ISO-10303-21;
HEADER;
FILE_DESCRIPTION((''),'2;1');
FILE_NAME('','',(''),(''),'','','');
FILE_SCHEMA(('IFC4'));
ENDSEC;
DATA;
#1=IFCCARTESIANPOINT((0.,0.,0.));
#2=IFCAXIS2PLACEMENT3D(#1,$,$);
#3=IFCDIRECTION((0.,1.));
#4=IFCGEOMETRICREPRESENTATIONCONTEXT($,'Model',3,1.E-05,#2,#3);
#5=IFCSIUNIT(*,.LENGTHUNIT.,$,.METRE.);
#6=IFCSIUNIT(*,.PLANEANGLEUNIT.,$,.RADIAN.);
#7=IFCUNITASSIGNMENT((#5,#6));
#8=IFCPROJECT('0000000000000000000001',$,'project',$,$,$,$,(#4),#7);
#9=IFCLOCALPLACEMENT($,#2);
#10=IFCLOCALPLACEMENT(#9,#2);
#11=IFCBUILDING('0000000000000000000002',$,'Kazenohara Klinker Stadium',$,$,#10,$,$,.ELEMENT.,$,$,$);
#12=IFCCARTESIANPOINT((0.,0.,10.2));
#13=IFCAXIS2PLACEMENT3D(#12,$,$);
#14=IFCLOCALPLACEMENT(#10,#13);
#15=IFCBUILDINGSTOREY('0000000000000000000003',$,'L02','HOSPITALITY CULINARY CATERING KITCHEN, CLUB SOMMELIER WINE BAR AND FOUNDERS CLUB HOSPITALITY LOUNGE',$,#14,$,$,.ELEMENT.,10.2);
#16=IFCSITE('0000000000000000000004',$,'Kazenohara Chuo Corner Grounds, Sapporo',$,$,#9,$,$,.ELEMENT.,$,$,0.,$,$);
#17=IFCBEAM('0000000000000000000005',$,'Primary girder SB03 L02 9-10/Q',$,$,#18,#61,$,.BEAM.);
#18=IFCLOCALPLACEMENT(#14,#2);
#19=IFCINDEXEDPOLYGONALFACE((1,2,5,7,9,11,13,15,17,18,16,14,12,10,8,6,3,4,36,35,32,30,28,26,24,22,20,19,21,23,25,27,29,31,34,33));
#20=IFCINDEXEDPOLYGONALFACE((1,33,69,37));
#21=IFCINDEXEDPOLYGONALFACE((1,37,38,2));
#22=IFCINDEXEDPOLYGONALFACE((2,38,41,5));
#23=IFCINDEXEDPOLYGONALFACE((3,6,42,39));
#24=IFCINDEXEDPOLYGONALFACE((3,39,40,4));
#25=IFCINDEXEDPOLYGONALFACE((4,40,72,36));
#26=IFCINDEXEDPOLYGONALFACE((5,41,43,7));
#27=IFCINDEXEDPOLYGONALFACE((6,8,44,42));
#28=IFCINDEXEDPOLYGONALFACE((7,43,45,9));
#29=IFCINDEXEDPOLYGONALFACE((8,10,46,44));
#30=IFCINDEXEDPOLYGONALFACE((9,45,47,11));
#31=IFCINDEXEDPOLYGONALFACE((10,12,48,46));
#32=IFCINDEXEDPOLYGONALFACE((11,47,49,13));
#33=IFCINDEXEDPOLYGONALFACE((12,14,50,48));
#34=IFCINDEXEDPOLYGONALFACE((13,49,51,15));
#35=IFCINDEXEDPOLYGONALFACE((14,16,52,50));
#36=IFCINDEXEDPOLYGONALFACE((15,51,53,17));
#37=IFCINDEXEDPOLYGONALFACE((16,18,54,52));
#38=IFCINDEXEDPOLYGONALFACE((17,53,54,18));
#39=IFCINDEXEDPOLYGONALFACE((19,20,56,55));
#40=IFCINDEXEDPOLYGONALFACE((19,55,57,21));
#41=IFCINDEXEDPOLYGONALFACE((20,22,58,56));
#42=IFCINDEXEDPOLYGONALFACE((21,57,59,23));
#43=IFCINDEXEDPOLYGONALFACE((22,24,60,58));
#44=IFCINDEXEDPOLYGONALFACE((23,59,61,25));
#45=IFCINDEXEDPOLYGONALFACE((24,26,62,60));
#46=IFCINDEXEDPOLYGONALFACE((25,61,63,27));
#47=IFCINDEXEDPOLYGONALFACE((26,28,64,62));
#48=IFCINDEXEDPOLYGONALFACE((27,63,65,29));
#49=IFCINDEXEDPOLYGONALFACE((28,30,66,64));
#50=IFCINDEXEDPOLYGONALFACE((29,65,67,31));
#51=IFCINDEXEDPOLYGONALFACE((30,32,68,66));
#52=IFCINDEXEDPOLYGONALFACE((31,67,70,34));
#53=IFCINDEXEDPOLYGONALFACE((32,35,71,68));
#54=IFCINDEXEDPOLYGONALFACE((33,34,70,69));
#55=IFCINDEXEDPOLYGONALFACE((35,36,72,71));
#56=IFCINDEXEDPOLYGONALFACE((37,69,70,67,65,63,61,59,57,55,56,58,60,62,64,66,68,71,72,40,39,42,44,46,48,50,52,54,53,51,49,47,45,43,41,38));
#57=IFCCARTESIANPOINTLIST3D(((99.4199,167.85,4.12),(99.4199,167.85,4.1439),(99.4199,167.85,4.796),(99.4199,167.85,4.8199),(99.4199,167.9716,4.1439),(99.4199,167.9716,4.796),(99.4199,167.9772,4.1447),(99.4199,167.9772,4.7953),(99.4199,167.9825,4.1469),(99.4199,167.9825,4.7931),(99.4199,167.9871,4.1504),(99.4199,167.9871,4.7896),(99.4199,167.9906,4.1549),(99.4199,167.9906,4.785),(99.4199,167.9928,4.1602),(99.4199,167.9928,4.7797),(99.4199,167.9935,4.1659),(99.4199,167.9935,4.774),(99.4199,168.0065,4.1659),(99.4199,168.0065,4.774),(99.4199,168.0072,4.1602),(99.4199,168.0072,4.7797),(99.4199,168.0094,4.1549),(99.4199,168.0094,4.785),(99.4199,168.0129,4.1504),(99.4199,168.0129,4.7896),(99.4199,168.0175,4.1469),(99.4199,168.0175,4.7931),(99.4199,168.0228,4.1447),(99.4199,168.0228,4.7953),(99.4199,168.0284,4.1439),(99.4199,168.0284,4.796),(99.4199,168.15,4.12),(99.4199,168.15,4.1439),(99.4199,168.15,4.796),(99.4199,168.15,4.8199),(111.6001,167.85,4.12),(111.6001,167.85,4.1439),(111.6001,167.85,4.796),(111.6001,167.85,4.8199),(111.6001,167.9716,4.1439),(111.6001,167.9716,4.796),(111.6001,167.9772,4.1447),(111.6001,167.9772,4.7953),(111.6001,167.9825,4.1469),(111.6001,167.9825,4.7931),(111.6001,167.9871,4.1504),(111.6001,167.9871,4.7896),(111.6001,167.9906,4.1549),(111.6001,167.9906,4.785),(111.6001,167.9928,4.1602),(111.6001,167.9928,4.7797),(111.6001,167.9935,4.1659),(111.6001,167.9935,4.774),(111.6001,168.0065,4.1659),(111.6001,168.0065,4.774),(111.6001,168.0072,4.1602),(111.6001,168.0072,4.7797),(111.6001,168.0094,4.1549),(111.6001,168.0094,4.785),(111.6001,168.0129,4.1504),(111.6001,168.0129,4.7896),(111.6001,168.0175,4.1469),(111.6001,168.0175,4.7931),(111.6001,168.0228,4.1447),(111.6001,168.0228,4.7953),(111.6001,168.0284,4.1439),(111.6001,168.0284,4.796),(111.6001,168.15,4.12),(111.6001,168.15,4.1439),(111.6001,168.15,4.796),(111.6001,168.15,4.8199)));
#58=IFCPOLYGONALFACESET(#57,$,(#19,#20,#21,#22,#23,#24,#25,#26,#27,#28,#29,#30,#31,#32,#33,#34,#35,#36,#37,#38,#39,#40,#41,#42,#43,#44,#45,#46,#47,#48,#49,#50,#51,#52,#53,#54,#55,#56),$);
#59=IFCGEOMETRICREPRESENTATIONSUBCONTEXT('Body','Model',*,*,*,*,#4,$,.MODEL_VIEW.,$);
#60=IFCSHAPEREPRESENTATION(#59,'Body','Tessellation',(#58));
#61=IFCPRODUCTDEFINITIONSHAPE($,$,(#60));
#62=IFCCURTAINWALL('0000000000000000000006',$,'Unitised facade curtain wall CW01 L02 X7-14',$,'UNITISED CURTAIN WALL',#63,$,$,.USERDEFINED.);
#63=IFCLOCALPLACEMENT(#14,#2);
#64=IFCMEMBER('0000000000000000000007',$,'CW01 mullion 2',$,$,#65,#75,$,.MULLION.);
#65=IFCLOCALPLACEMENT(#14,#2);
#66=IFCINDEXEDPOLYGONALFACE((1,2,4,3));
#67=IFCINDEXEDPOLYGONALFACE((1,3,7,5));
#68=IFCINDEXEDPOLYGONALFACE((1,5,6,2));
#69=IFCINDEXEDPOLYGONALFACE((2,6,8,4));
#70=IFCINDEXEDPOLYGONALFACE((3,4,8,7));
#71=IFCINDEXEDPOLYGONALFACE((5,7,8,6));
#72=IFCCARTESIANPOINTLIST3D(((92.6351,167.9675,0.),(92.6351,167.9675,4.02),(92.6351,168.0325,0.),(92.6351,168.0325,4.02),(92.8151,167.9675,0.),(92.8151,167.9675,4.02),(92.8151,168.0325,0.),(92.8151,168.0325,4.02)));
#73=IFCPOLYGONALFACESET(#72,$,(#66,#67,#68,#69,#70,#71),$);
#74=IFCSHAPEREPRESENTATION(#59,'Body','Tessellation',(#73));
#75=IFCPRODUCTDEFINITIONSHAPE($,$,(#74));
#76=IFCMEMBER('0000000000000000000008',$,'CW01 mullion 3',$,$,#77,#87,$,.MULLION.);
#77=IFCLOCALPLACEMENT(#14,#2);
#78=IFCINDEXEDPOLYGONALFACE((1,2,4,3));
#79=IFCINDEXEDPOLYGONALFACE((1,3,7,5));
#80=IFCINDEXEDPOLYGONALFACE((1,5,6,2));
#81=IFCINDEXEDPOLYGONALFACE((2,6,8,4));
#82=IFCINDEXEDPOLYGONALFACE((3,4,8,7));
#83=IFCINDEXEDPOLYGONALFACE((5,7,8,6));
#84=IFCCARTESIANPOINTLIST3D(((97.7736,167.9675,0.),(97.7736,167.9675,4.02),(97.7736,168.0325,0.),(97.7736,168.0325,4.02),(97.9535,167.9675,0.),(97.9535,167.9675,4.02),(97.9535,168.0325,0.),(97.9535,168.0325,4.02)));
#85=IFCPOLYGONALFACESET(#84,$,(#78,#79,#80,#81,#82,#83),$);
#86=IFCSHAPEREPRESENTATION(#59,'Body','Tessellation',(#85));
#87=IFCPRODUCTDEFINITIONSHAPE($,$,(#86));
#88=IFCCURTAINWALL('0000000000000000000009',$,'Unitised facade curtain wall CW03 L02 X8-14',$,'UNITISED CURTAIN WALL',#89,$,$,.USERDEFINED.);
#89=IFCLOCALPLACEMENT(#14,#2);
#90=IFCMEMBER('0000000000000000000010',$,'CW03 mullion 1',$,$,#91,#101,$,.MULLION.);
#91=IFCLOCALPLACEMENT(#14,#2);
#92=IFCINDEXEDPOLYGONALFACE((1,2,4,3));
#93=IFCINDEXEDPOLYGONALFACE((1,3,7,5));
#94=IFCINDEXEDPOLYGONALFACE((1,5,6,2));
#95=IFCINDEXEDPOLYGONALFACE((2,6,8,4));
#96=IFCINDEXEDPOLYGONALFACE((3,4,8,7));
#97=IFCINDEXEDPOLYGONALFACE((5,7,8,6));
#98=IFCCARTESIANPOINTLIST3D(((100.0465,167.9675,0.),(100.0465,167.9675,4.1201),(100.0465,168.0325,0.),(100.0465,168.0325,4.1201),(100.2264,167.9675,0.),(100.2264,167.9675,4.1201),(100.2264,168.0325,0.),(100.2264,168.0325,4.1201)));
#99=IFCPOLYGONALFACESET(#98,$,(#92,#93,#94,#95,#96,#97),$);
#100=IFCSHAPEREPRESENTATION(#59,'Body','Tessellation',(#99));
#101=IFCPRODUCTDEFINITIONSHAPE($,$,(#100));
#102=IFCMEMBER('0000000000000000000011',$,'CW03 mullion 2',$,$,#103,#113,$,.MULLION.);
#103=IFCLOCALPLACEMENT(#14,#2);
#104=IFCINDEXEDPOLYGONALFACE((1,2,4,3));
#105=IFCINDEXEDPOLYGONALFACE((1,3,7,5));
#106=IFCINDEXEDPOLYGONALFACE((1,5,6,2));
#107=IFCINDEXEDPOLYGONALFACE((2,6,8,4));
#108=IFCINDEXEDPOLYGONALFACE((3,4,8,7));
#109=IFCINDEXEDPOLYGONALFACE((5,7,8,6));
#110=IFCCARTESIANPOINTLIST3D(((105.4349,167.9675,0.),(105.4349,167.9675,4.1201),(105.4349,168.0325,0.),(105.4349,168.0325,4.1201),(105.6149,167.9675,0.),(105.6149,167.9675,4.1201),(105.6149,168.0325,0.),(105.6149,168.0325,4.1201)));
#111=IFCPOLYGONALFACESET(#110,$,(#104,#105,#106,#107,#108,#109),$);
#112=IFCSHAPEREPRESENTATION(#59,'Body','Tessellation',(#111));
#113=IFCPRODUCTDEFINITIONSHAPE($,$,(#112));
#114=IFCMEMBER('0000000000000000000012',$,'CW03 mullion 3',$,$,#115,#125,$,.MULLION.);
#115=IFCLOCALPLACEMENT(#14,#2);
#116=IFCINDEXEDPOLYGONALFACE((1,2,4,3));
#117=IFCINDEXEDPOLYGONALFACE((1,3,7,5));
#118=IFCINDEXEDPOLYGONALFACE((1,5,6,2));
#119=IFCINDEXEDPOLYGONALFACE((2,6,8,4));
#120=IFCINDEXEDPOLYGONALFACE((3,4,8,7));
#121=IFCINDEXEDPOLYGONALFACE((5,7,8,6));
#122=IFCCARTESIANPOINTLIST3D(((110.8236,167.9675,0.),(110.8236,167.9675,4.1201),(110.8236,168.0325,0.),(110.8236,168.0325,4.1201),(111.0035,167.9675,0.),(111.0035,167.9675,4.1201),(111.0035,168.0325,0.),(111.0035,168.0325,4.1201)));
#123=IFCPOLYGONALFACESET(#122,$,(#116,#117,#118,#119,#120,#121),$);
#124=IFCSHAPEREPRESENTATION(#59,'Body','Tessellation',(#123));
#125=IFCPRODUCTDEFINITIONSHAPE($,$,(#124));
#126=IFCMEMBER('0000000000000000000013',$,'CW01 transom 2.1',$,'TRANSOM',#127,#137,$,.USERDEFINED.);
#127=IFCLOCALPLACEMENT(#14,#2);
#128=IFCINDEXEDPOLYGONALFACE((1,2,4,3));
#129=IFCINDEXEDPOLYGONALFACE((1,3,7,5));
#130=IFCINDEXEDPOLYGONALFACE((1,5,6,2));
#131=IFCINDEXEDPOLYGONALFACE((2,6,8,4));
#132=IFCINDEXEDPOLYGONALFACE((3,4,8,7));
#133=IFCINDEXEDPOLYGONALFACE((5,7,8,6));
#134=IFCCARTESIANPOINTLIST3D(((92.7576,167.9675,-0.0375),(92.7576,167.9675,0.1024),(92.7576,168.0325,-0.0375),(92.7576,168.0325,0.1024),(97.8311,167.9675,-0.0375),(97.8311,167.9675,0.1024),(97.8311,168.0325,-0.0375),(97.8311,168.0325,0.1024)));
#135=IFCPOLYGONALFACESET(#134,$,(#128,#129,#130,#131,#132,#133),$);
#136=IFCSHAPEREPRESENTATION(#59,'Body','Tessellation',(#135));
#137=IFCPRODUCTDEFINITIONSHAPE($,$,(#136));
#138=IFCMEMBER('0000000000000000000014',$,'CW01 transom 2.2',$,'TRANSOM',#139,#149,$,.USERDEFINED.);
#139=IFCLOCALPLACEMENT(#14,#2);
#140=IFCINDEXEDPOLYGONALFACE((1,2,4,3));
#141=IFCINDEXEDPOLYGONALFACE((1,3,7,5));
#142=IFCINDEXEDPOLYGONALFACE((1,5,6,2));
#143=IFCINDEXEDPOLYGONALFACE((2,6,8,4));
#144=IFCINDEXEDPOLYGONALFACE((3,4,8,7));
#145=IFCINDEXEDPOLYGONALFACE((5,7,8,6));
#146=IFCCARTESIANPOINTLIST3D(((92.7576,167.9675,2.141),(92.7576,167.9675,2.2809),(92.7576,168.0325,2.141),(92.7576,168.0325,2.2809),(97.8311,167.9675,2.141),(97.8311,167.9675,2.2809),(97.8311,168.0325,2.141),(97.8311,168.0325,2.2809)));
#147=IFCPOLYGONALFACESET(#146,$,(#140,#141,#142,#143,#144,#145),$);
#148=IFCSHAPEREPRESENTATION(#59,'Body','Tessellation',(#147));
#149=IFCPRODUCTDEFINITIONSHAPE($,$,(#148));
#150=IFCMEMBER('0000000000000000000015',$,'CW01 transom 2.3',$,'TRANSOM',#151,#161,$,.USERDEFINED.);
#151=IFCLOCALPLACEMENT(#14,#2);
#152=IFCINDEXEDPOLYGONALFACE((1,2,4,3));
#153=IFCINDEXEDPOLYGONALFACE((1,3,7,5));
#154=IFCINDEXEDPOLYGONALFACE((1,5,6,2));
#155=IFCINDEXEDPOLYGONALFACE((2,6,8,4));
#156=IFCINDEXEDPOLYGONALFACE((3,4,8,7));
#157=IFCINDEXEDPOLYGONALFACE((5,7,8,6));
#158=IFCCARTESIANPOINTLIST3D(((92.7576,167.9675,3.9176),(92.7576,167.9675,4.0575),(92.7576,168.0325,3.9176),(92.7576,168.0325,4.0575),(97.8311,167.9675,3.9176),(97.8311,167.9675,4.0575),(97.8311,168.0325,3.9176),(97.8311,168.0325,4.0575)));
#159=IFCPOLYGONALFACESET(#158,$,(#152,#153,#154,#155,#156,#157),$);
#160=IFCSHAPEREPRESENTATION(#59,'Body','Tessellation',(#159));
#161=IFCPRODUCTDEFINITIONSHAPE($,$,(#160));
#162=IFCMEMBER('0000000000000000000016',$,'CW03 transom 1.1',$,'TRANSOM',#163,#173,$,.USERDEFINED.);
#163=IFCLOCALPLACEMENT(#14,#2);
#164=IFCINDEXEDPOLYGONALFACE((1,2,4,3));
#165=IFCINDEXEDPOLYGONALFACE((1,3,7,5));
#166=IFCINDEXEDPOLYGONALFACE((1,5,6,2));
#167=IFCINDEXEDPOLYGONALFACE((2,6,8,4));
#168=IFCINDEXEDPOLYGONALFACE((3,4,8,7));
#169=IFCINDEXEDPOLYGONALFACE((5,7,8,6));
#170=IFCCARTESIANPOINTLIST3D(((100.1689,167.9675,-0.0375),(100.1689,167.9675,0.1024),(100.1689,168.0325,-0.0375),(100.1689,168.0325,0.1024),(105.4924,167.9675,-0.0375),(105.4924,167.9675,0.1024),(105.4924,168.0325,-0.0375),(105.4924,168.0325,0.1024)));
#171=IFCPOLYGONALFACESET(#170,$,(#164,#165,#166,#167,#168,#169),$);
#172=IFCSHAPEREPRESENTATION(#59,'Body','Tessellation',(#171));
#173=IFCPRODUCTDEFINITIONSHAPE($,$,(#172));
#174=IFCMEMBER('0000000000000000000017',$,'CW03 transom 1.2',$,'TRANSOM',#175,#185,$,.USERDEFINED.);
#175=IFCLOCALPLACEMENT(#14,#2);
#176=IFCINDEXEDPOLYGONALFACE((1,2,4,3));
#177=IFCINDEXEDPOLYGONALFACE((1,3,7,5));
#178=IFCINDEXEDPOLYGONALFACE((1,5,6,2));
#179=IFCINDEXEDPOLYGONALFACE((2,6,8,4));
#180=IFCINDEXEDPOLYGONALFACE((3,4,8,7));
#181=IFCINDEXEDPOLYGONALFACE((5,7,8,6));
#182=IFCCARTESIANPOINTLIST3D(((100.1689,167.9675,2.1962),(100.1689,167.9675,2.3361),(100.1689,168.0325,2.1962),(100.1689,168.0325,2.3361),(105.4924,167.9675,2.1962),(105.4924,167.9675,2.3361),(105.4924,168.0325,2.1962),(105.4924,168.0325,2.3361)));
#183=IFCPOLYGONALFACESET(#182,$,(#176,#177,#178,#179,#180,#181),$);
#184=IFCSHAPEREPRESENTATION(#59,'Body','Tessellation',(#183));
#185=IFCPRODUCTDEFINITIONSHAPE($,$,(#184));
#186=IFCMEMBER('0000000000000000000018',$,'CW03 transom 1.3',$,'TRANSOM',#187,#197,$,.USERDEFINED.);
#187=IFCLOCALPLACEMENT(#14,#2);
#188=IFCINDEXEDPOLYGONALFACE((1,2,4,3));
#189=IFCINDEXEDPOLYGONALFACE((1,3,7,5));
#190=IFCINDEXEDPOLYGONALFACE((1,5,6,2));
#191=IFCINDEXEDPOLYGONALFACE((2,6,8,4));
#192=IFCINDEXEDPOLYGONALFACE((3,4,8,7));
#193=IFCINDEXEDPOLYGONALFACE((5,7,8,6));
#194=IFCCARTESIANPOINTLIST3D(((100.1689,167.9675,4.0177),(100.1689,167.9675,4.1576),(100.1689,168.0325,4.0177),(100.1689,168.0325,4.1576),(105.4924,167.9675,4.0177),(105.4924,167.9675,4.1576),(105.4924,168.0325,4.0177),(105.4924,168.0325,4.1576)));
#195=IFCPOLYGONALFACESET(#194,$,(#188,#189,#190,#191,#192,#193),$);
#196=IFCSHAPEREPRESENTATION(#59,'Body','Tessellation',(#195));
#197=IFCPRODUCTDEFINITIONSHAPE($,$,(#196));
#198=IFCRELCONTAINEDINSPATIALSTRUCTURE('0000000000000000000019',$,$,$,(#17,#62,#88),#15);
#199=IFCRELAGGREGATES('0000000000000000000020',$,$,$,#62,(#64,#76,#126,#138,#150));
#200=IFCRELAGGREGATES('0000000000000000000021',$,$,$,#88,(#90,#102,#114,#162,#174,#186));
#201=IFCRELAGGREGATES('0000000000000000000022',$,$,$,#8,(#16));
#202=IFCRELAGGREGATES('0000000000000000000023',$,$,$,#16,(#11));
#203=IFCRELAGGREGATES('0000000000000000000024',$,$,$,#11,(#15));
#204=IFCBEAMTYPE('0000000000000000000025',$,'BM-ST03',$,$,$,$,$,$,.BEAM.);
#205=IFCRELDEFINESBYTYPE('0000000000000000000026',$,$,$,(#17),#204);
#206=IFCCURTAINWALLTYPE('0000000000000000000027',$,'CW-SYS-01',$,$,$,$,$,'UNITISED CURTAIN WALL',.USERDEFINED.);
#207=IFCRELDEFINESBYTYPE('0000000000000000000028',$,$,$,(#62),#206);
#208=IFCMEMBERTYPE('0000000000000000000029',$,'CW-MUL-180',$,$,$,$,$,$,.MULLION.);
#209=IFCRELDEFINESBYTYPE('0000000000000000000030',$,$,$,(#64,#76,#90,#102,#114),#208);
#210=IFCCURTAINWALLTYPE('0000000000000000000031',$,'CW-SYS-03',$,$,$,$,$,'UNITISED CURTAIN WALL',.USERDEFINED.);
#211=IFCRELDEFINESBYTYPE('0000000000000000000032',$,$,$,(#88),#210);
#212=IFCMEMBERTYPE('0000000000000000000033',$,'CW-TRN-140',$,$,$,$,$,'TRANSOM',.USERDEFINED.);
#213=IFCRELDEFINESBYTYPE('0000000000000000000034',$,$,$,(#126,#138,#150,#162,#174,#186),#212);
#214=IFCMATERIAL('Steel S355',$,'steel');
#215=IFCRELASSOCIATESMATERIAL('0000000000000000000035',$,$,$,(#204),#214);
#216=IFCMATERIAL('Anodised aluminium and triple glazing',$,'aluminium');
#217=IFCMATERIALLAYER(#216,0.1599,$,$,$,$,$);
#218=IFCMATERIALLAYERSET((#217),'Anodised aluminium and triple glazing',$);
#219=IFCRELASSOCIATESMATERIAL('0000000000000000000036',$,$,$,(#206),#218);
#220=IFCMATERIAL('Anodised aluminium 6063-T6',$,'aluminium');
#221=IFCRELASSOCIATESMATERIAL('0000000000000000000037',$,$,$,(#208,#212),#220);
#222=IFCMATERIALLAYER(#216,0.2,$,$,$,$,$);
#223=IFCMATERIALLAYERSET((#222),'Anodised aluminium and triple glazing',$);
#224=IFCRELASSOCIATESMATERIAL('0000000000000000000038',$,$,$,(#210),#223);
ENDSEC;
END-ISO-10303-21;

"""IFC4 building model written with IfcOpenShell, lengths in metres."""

from ifc_helpers import new_model, si_unit, direction, frame, origin, origin_2d, place, context, subcontext, project, spatial, rectangle, i_section, extrude, material, layer, layer_set, material_profile, profile_set, type_object, element, aggregate, save


model = new_model("IFC4")

# Units and contexts
model_context = context("Model", 3, precision=1e-05, world=origin(), true_north=direction((0.0, 1.0)))
body_context = subcontext(model_context, "Body", "Model", "MODEL_VIEW")
ifc_project = project(units=[si_unit("LENGTHUNIT", "METRE"), si_unit("PLANEANGLEUNIT", "RADIAN")], contexts=[model_context])

# Site, building, storey
site_placement = place(None, origin())
site = spatial("IfcSite", under=ifc_project, at=site_placement, Name="Kazenohara Chuo Corner Grounds, Sapporo", CompositionType="ELEMENT", RefElevation=0.0)
building_placement = place(site_placement, origin())
building = spatial("IfcBuilding", under=site, at=building_placement, Name="Kazenohara Klinker Stadium", CompositionType="ELEMENT")
storey_placement = place(building_placement, frame((0.0, 0.0, 10.2)))
storey = spatial("IfcBuildingStorey", under=building, at=storey_placement, Name="L02", Description="HOSPITALITY CULINARY CATERING KITCHEN, CLUB SOMMELIER WINE BAR AND FOUNDERS CLUB HOSPITALITY LOUNGE", CompositionType="ELEMENT", Elevation=10.2)

# Beam
ifc_material_1 = material(Name="Steel S355", Category="steel")
ifc_material_profile_1 = material_profile(ifc_material_1, i_section(OverallWidth=0.3, OverallDepth=0.7, WebThickness=0.0129, FlangeThickness=0.0239, FilletRadius=0.022, at=origin_2d()), Name="H-700x300x13x24")
ifc_profile_set_1 = profile_set([ifc_material_profile_1], Name="Steel S355")
beam_type_1 = type_object("IfcBeamType", Name="BM-ST03", PredefinedType="BEAM", material=ifc_profile_set_1)
beam_1_placement = place(storey_placement, frame((99.4199, 168.0, 4.47), z_axis=(1.0, 0.0, 0.0), x_axis=(0.0, 1.0, 0.0)))
element("IfcBeam", 1, at=beam_1_placement, inside=storey, type_object=beam_type_1, Name="Primary girder SB03 L02 9-10/Q", PredefinedType="BEAM", context=body_context, shape_type="SweptSolid", body=[
    extrude(i_section(OverallWidth=0.3, OverallDepth=0.7, WebThickness=0.0129, FlangeThickness=0.0239, FilletRadius=0.022, at=origin_2d()), origin(), (0.0, 0.0, 1.0), 12.1802),
])

# Curtain walls, members
ifc_material_2 = material(Name="Anodised aluminium and triple glazing", Category="aluminium")
ifc_layer_1 = layer(ifc_material_2, 0.1599)
ifc_layer_set_1 = layer_set([ifc_layer_1], Name="Anodised aluminium and triple glazing")
curtain_wall_type_1 = type_object("IfcCurtainWallType", Name="CW-SYS-01", ElementType="UNITISED CURTAIN WALL", PredefinedType="USERDEFINED", material=ifc_layer_set_1)
curtain_wall_1_placement = place(storey_placement, origin())
curtain_wall_1 = element("IfcCurtainWall", 2, at=curtain_wall_1_placement, inside=storey, type_object=curtain_wall_type_1, Name="Unitised facade curtain wall CW01 L02 X7-14", ObjectType="UNITISED CURTAIN WALL", PredefinedType="USERDEFINED")
ifc_material_3 = material(Name="Anodised aluminium 6063-T6", Category="aluminium")
ifc_material_profile_2 = material_profile(ifc_material_3, rectangle(XDim=0.0649, YDim=0.1799, at=origin_2d()), Name="ALU-MUL-65x180")
ifc_profile_set_2 = profile_set([ifc_material_profile_2], Name="Anodised aluminium 6063-T6")
member_type_1 = type_object("IfcMemberType", Name="CW-MUL-180", PredefinedType="MULLION", material=ifc_profile_set_2)
member_1_placement = place(storey_placement, frame((92.7251, 168.0, 0.0), z_axis=(0.0, 0.0, 1.0), x_axis=(0.0, 1.0, 0.0)))
member_1 = element("IfcMember", 3, at=member_1_placement, type_object=member_type_1, Name="CW01 mullion 2", PredefinedType="MULLION", context=body_context, shape_type="SweptSolid", body=[
    extrude(rectangle(XDim=0.0649, YDim=0.1799, at=origin_2d()), origin(), (0.0, 0.0, 1.0), 4.02),
])
member_2_placement = place(storey_placement, frame((97.8635, 168.0, 0.0), z_axis=(0.0, 0.0, 1.0), x_axis=(0.0, 1.0, 0.0)))
member_2 = element("IfcMember", 4, at=member_2_placement, type_object=member_type_1, Name="CW01 mullion 3", PredefinedType="MULLION", context=body_context, shape_type="SweptSolid", body=[
    extrude(rectangle(XDim=0.0649, YDim=0.1799, at=origin_2d()), origin(), (0.0, 0.0, 1.0), 4.02),
])
ifc_layer_2 = layer(ifc_material_2, 0.2)
ifc_layer_set_2 = layer_set([ifc_layer_2], Name="Anodised aluminium and triple glazing")
curtain_wall_type_2 = type_object("IfcCurtainWallType", Name="CW-SYS-03", ElementType="UNITISED CURTAIN WALL", PredefinedType="USERDEFINED", material=ifc_layer_set_2)
curtain_wall_2_placement = place(storey_placement, origin())
curtain_wall_2 = element("IfcCurtainWall", 5, at=curtain_wall_2_placement, inside=storey, type_object=curtain_wall_type_2, Name="Unitised facade curtain wall CW03 L02 X8-14", ObjectType="UNITISED CURTAIN WALL", PredefinedType="USERDEFINED")
member_3_placement = place(storey_placement, frame((100.1365, 168.0, 0.0), z_axis=(0.0, 0.0, 1.0), x_axis=(0.0, 1.0, 0.0)))
member_3 = element("IfcMember", 6, at=member_3_placement, type_object=member_type_1, Name="CW03 mullion 1", PredefinedType="MULLION", context=body_context, shape_type="SweptSolid", body=[
    extrude(rectangle(XDim=0.0649, YDim=0.1799, at=origin_2d()), origin(), (0.0, 0.0, 1.0), 4.1201),
])
member_4_placement = place(storey_placement, frame((105.5249, 168.0, 0.0), z_axis=(0.0, 0.0, 1.0), x_axis=(0.0, 1.0, 0.0)))
member_4 = element("IfcMember", 7, at=member_4_placement, type_object=member_type_1, Name="CW03 mullion 2", PredefinedType="MULLION", context=body_context, shape_type="SweptSolid", body=[
    extrude(rectangle(XDim=0.0649, YDim=0.1799, at=origin_2d()), origin(), (0.0, 0.0, 1.0), 4.1201),
])
member_5_placement = place(storey_placement, frame((110.9136, 168.0, 0.0), z_axis=(0.0, 0.0, 1.0), x_axis=(0.0, 1.0, 0.0)))
member_5 = element("IfcMember", 8, at=member_5_placement, type_object=member_type_1, Name="CW03 mullion 3", PredefinedType="MULLION", context=body_context, shape_type="SweptSolid", body=[
    extrude(rectangle(XDim=0.0649, YDim=0.1799, at=origin_2d()), origin(), (0.0, 0.0, 1.0), 4.1201),
])

# Members
ifc_material_profile_3 = material_profile(ifc_material_3, rectangle(XDim=0.0649, YDim=0.1399, at=origin_2d()), Name="ALU-TRN-65x140")
ifc_profile_set_3 = profile_set([ifc_material_profile_3], Name="Anodised aluminium 6063-T6")
member_type_2 = type_object("IfcMemberType", Name="CW-TRN-140", ElementType="TRANSOM", PredefinedType="USERDEFINED", material=ifc_profile_set_3)
member_6_placement = place(storey_placement, frame((92.7576, 168.0, 0.0325), z_axis=(1.0, 0.0, 0.0), x_axis=(0.0, 1.0, 0.0)))
member_6 = element("IfcMember", 9, at=member_6_placement, type_object=member_type_2, Name="CW01 transom 2.1", ObjectType="TRANSOM", PredefinedType="USERDEFINED", context=body_context, shape_type="SweptSolid", body=[
    extrude(rectangle(XDim=0.0649, YDim=0.1399, at=origin_2d()), origin(), (0.0, 0.0, 1.0), 5.0735),
])
member_7_placement = place(storey_placement, frame((92.7576, 168.0, 2.2109), z_axis=(1.0, 0.0, 0.0), x_axis=(0.0, 1.0, 0.0)))
member_7 = element("IfcMember", 10, at=member_7_placement, type_object=member_type_2, Name="CW01 transom 2.2", ObjectType="TRANSOM", PredefinedType="USERDEFINED", context=body_context, shape_type="SweptSolid", body=[
    extrude(rectangle(XDim=0.0649, YDim=0.1399, at=origin_2d()), origin(), (0.0, 0.0, 1.0), 5.0735),
])
member_8_placement = place(storey_placement, frame((92.7576, 168.0, 3.9875), z_axis=(1.0, 0.0, 0.0), x_axis=(0.0, 1.0, 0.0)))
member_8 = element("IfcMember", 11, at=member_8_placement, type_object=member_type_2, Name="CW01 transom 2.3", ObjectType="TRANSOM", PredefinedType="USERDEFINED", context=body_context, shape_type="SweptSolid", body=[
    extrude(rectangle(XDim=0.0649, YDim=0.1399, at=origin_2d()), origin(), (0.0, 0.0, 1.0), 5.0735),
])
member_9_placement = place(storey_placement, frame((100.1689, 168.0, 0.0325), z_axis=(1.0, 0.0, 0.0), x_axis=(0.0, 1.0, 0.0)))
member_9 = element("IfcMember", 12, at=member_9_placement, type_object=member_type_2, Name="CW03 transom 1.1", ObjectType="TRANSOM", PredefinedType="USERDEFINED", context=body_context, shape_type="SweptSolid", body=[
    extrude(rectangle(XDim=0.0649, YDim=0.1399, at=origin_2d()), origin(), (0.0, 0.0, 1.0), 5.3235),
])
member_10_placement = place(storey_placement, frame((100.1689, 168.0, 2.2661), z_axis=(1.0, 0.0, 0.0), x_axis=(0.0, 1.0, 0.0)))
member_10 = element("IfcMember", 13, at=member_10_placement, type_object=member_type_2, Name="CW03 transom 1.2", ObjectType="TRANSOM", PredefinedType="USERDEFINED", context=body_context, shape_type="SweptSolid", body=[
    extrude(rectangle(XDim=0.0649, YDim=0.1399, at=origin_2d()), origin(), (0.0, 0.0, 1.0), 5.3235),
])
member_11_placement = place(storey_placement, frame((100.1689, 168.0, 4.0876), z_axis=(1.0, 0.0, 0.0), x_axis=(0.0, 1.0, 0.0)))
member_11 = element("IfcMember", 14, at=member_11_placement, type_object=member_type_2, Name="CW03 transom 1.3", ObjectType="TRANSOM", PredefinedType="USERDEFINED", context=body_context, shape_type="SweptSolid", body=[
    extrude(rectangle(XDim=0.0649, YDim=0.1399, at=origin_2d()), origin(), (0.0, 0.0, 1.0), 5.3235),
])

aggregate(curtain_wall_1, [member_1, member_2, member_6, member_7, member_8])
aggregate(curtain_wall_2, [member_3, member_4, member_5, member_9, member_10, member_11])

save(model, "model.ifc")
